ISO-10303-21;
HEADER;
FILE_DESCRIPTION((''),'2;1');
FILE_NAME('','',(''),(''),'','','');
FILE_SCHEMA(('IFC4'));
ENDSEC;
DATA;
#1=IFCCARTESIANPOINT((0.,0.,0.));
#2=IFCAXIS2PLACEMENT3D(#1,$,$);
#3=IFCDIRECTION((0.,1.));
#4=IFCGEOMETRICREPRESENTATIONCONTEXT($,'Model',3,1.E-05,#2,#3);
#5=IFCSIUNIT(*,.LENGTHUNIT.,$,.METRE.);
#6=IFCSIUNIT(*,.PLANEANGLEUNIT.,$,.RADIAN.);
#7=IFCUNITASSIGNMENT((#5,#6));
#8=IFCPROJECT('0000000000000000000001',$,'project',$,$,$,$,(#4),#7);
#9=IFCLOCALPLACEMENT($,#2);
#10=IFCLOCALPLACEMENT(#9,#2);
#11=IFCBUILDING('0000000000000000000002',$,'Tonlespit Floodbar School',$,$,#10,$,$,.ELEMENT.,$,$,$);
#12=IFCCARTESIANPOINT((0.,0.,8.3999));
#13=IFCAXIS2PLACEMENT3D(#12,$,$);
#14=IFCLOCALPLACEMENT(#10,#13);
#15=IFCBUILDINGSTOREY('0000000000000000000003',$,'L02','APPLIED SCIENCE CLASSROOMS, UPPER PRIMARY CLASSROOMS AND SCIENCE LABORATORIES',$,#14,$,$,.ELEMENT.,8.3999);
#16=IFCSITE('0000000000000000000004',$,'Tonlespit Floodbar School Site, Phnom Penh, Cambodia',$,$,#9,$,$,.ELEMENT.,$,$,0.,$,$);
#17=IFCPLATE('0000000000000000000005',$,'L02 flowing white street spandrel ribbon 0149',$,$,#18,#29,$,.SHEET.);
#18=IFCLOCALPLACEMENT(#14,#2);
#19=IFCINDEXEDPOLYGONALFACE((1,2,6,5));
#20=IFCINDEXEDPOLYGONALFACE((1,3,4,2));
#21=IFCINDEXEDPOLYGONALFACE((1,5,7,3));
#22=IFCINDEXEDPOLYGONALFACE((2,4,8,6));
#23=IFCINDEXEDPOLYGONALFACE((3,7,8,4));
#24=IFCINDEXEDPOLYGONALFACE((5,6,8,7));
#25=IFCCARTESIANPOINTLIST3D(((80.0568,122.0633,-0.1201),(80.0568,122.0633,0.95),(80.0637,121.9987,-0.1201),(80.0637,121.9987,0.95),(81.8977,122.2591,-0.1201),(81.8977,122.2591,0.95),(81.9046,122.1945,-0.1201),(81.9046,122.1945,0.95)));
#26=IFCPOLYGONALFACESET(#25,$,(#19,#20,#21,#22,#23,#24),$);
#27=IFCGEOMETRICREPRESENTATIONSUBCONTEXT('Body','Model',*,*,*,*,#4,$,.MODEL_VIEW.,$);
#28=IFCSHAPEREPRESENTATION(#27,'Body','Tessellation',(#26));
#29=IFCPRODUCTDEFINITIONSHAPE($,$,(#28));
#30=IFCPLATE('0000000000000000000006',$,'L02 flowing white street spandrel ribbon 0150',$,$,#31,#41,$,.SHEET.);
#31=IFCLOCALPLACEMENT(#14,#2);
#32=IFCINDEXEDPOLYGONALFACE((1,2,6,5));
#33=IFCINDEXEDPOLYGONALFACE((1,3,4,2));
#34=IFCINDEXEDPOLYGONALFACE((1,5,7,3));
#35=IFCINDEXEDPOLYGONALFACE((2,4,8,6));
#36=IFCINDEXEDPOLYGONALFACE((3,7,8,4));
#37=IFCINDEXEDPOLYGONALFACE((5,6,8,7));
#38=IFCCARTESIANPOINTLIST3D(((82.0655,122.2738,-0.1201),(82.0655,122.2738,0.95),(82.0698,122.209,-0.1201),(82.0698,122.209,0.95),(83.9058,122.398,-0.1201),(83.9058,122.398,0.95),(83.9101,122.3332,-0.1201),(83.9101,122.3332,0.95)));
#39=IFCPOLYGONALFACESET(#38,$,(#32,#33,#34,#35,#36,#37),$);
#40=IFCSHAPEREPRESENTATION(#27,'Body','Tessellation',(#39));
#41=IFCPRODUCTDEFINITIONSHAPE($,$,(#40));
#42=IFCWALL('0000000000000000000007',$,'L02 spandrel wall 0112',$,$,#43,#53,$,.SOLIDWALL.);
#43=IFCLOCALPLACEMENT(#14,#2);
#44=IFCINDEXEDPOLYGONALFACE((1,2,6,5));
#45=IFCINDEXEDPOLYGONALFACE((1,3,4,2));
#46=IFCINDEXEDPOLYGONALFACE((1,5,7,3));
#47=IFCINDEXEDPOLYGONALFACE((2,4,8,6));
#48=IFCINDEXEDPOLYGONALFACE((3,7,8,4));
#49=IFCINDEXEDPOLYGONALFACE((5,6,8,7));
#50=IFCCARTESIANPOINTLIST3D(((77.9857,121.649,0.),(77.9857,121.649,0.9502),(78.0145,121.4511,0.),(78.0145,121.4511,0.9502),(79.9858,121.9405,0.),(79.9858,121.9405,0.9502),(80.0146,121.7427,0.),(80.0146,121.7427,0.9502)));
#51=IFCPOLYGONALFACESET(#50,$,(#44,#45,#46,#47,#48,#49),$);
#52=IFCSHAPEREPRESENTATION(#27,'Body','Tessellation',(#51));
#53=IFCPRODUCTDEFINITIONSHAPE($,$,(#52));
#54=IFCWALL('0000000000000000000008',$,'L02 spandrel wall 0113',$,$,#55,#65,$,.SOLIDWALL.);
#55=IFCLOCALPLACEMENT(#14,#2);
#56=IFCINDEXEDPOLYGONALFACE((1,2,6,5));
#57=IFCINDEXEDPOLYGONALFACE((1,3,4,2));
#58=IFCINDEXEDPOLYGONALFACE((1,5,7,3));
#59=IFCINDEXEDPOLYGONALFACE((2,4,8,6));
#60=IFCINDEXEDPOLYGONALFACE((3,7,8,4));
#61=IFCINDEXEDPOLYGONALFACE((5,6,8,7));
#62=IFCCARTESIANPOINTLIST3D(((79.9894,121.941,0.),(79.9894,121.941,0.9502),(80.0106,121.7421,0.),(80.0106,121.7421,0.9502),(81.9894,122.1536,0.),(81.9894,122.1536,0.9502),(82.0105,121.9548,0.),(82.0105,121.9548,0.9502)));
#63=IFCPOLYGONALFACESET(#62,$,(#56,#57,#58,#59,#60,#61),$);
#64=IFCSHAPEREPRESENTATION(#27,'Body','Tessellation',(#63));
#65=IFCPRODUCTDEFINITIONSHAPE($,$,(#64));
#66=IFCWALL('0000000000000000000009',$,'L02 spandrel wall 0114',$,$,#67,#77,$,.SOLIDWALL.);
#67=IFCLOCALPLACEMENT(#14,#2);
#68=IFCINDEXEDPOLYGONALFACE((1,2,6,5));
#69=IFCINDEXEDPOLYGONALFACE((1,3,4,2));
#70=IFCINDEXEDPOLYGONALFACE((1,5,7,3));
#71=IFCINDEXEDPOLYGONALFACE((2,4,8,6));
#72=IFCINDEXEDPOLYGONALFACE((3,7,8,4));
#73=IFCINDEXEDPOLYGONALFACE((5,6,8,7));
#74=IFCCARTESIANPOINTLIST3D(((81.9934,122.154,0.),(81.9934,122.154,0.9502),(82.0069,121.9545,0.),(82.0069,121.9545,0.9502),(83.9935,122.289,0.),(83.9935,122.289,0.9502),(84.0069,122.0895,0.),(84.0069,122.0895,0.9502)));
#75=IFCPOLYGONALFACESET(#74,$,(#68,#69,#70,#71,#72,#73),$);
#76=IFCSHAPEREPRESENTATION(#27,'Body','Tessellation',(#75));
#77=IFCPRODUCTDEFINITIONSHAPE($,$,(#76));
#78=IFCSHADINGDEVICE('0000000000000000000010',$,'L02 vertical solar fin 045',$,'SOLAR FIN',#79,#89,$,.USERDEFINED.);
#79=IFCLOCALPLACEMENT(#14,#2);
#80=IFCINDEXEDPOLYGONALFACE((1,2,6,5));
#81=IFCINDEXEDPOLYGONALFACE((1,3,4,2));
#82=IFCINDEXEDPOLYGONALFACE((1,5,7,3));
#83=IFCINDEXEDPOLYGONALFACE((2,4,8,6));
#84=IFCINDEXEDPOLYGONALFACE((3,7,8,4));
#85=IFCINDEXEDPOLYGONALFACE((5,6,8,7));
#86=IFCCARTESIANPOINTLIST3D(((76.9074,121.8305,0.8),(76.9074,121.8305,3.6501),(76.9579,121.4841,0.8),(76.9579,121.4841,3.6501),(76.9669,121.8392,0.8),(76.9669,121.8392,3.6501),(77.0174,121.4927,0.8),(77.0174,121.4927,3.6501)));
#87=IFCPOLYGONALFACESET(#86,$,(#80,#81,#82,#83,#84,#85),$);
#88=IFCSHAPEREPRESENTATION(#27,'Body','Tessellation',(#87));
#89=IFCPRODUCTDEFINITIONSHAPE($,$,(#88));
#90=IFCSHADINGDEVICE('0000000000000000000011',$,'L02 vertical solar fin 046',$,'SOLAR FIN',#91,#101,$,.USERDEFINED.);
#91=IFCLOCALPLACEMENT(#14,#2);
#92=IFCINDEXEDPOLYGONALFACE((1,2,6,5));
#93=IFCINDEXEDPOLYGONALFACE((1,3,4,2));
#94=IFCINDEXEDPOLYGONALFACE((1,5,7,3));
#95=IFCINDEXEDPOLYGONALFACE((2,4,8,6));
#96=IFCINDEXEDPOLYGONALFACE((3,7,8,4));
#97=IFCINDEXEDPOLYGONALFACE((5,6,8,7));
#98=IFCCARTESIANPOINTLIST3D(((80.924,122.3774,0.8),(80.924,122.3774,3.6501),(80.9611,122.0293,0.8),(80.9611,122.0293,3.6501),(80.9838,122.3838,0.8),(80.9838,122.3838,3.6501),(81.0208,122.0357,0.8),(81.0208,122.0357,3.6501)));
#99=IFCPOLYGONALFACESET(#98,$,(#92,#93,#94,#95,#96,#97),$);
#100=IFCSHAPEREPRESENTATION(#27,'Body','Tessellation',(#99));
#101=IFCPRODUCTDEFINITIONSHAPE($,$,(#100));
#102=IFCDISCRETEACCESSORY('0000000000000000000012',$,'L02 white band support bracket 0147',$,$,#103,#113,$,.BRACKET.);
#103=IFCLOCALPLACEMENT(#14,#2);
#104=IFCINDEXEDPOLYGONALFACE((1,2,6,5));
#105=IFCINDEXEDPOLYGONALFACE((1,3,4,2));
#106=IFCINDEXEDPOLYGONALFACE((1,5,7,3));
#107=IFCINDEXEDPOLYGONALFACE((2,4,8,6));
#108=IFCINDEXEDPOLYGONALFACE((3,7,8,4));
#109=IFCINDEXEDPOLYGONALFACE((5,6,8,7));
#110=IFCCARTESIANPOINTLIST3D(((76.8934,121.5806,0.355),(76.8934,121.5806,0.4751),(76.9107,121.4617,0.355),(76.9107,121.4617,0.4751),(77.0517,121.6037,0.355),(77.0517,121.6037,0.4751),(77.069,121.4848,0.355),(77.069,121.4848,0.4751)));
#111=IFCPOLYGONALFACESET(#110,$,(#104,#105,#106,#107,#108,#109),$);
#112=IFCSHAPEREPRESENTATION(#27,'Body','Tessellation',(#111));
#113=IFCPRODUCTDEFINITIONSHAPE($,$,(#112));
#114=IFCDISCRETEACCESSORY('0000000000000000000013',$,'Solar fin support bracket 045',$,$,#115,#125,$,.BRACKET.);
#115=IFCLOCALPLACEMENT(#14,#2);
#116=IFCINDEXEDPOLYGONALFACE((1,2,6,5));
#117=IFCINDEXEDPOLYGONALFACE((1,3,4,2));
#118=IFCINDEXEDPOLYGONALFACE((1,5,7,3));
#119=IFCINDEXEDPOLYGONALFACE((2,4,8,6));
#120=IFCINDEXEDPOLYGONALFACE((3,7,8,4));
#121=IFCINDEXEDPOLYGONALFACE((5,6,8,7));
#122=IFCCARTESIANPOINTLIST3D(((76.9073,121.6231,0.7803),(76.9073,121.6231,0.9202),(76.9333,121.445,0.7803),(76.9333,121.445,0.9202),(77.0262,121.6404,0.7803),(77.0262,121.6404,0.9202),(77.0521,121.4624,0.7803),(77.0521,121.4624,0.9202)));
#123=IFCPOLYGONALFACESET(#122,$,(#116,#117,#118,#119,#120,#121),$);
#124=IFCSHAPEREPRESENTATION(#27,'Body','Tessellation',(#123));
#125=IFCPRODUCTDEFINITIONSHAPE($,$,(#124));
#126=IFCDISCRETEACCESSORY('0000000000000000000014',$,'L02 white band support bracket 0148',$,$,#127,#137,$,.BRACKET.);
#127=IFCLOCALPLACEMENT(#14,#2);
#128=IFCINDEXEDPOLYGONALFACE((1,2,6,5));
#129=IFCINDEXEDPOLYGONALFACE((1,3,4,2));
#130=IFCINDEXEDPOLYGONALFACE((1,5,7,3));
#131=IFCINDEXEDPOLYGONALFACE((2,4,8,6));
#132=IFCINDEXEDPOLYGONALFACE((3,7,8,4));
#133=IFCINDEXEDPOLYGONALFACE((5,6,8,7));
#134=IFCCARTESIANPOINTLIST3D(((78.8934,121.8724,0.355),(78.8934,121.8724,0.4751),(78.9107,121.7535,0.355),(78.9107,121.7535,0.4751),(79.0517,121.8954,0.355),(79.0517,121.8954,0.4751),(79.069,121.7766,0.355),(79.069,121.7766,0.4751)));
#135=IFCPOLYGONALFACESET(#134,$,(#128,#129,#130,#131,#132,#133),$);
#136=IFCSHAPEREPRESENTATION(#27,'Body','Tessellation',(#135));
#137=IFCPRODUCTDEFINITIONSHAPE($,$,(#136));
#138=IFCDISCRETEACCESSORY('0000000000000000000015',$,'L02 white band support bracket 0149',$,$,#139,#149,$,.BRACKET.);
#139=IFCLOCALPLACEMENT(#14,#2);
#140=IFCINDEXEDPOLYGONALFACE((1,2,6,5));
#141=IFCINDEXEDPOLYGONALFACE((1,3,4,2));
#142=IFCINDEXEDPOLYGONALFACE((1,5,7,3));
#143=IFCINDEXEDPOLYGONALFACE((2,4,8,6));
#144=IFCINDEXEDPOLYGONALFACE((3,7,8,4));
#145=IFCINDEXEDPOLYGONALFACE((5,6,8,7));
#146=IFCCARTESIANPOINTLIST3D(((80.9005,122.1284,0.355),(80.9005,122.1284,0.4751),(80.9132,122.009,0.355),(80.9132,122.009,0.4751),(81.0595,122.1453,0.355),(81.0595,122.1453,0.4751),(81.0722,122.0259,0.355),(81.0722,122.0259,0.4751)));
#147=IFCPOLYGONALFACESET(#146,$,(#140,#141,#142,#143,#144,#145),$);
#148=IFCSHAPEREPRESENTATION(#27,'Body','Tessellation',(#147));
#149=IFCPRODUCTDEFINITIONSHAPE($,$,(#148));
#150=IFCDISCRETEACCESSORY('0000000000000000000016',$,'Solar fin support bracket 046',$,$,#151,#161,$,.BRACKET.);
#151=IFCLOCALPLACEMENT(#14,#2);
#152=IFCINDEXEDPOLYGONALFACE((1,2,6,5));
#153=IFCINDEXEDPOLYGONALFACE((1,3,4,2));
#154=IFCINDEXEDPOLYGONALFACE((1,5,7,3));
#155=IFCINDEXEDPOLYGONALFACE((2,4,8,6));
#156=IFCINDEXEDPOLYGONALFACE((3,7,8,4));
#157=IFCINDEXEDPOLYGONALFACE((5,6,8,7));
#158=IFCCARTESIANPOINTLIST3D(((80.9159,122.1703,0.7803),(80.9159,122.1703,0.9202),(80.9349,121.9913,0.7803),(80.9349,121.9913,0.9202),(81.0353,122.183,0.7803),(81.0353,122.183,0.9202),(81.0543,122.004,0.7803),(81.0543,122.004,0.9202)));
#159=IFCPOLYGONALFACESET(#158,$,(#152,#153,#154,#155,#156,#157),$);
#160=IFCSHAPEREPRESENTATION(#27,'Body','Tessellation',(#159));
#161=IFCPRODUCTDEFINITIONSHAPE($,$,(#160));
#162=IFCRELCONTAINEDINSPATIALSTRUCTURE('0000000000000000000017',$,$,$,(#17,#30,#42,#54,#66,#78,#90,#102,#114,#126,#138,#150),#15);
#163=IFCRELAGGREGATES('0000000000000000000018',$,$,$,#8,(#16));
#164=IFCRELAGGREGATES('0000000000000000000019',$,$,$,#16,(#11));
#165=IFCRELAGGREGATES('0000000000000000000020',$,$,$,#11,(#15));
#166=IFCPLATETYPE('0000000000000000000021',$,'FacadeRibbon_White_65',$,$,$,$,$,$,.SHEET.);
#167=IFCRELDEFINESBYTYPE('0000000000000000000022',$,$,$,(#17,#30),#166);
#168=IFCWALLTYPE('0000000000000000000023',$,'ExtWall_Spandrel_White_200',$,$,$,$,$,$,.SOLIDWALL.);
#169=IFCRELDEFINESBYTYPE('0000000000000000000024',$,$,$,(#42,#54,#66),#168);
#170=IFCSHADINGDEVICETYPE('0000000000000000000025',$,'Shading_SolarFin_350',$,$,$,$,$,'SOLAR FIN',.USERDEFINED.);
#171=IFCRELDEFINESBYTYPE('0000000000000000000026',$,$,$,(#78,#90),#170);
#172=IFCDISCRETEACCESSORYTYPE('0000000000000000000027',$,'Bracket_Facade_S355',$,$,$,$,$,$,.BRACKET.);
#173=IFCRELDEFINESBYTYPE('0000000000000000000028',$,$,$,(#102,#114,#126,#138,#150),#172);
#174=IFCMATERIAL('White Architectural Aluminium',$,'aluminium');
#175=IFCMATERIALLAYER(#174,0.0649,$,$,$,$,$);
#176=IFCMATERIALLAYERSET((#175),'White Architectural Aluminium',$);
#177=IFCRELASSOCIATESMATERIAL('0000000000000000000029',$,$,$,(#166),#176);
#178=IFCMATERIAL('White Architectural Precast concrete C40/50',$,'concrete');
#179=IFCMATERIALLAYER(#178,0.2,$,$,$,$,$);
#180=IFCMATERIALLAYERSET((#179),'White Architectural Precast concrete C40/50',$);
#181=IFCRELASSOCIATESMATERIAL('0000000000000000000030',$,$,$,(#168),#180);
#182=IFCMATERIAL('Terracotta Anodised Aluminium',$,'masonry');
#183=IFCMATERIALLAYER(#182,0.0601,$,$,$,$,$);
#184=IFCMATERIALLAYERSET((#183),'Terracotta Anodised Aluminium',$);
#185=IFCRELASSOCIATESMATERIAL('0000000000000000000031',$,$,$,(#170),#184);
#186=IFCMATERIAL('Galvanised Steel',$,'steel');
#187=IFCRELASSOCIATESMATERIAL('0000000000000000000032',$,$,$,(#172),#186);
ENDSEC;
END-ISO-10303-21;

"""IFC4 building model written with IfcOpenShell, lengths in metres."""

from ifc_helpers import new_model, si_unit, direction, frame, frame_2d, origin, origin_2d, place, context, subcontext, project, spatial, rectangle, extrude, material, layer, layer_set, type_object, element, save


model = new_model("IFC4")

# Units and contexts
model_context = context("Model", 3, precision=1e-05, world=origin(), true_north=direction((0.0, 1.0)))
body_context = subcontext(model_context, "Body", "Model", "MODEL_VIEW")
ifc_project = project(units=[si_unit("LENGTHUNIT", "METRE"), si_unit("PLANEANGLEUNIT", "RADIAN")], contexts=[model_context])

# Site, building, storey
site_placement = place(None, origin())
site = spatial("IfcSite", under=ifc_project, at=site_placement, Name="Tonlespit Floodbar School Site, Phnom Penh, Cambodia", CompositionType="ELEMENT", RefElevation=0.0)
building_placement = place(site_placement, origin())
building = spatial("IfcBuilding", under=site, at=building_placement, Name="Tonlespit Floodbar School", CompositionType="ELEMENT")
storey_placement = place(building_placement, frame((0.0, 0.0, 8.3999)))
storey = spatial("IfcBuildingStorey", under=building, at=storey_placement, Name="L02", Description="APPLIED SCIENCE CLASSROOMS, UPPER PRIMARY CLASSROOMS AND SCIENCE LABORATORIES", CompositionType="ELEMENT", Elevation=8.3999)

# Plates
ifc_material_1 = material(Name="White Architectural Aluminium", Category="aluminium")
ifc_layer_1 = layer(ifc_material_1, 0.0649)
ifc_layer_set_1 = layer_set([ifc_layer_1], Name="White Architectural Aluminium")
plate_type_1 = type_object("IfcPlateType", Name="FacadeRibbon_White_65", PredefinedType="SHEET", material=ifc_layer_set_1)
plate_1_placement = place(storey_placement, frame((80.9807, 122.1289, -0.1201), z_axis=(0.0, 0.0, 1.0), x_axis=(0.994392, 0.105754, 0.0)))
element("IfcPlate", 1, at=plate_1_placement, inside=storey, type_object=plate_type_1, Name="L02 flowing white street spandrel ribbon 0149", PredefinedType="SHEET", context=body_context, shape_type="SweptSolid", body=[
    extrude(rectangle(XDim=1.8513, YDim=0.0649, at=origin_2d()), origin(), (0.0, 0.0, 1.0), 1.0701),
])
plate_2_placement = place(storey_placement, frame((82.9878, 122.3035, -0.1201), z_axis=(0.0, 0.0, 1.0), x_axis=(0.99773, 0.067347, 0.0)))
element("IfcPlate", 2, at=plate_2_placement, inside=storey, type_object=plate_type_1, Name="L02 flowing white street spandrel ribbon 0150", PredefinedType="SHEET", context=body_context, shape_type="SweptSolid", body=[
    extrude(rectangle(XDim=1.8445, YDim=0.0649, at=origin_2d()), origin(), (0.0, 0.0, 1.0), 1.0701),
])

# Walls
ifc_material_2 = material(Name="White Architectural Precast concrete C40/50", Category="concrete")
ifc_layer_2 = layer(ifc_material_2, 0.2)
ifc_layer_set_2 = layer_set([ifc_layer_2], Name="White Architectural Precast concrete C40/50")
wall_type = type_object("IfcWallType", Name="ExtWall_Spandrel_White_200", PredefinedType="SOLIDWALL", material=ifc_layer_set_2)
wall_1_placement = place(storey_placement, frame((78.0, 121.55, 0.0), z_axis=(0.0, 0.0, 1.0), x_axis=(0.989544, 0.144228, 0.0)))
element("IfcWall", 3, at=wall_1_placement, inside=storey, type_object=wall_type, Name="L02 spandrel wall 0112", PredefinedType="SOLIDWALL", context=body_context, shape_type="SweptSolid", body=[
    extrude(rectangle(XDim=2.0212, YDim=0.2, at=frame_2d((1.0107, 0.0))), origin(), (0.0, 0.0, 1.0), 0.9502),
])
wall_2_placement = place(storey_placement, frame((80.0, 121.8416, 0.0), z_axis=(0.0, 0.0, 1.0), x_axis=(0.994395, 0.105727, 0.0)))
element("IfcWall", 4, at=wall_2_placement, inside=storey, type_object=wall_type, Name="L02 spandrel wall 0113", PredefinedType="SOLIDWALL", context=body_context, shape_type="SweptSolid", body=[
    extrude(rectangle(XDim=2.0112, YDim=0.2, at=frame_2d((1.0056, 0.0))), origin(), (0.0, 0.0, 1.0), 0.9502),
])
wall_3_placement = place(storey_placement, frame((82.0, 122.0542, 0.0), z_axis=(0.0, 0.0, 1.0), x_axis=(0.997729, 0.067352, 0.0)))
element("IfcWall", 5, at=wall_3_placement, inside=storey, type_object=wall_type, Name="L02 spandrel wall 0114", PredefinedType="SOLIDWALL", context=body_context, shape_type="SweptSolid", body=[
    extrude(rectangle(XDim=2.0046, YDim=0.2, at=frame_2d((1.0024, 0.0))), origin(), (0.0, 0.0, 1.0), 0.9502),
])

# Shading devices
ifc_material_3 = material(Name="Terracotta Anodised Aluminium", Category="masonry")
ifc_layer_3 = layer(ifc_material_3, 0.0601)
ifc_layer_set_3 = layer_set([ifc_layer_3], Name="Terracotta Anodised Aluminium")
shading_device_type = type_object("IfcShadingDeviceType", Name="Shading_SolarFin_350", ElementType="SOLAR FIN", PredefinedType="USERDEFINED", material=ifc_layer_set_3)
for number, where, z_axis, x_axis, name in (
    (6, (76.9624, 121.6616, 0.8), (0.0, 0.0, 1.0), (0.989538, 0.144275, 0.0), "L02 vertical solar fin 045"),
    (7, (80.9724, 122.2065, 0.8), (0.0, 0.0, 1.0), (0.994392, 0.105754, 0.0), "L02 vertical solar fin 046"),
):
    element("IfcShadingDevice", number, at=place(storey_placement, frame(where, z_axis=z_axis, x_axis=x_axis)), inside=storey, type_object=shading_device_type, Name=name, ObjectType="SOLAR FIN", PredefinedType="USERDEFINED", context=body_context, shape_type="SweptSolid", body=[
        extrude(rectangle(XDim=0.0601, YDim=0.3501, at=origin_2d()), origin(), (0.0, 0.0, 1.0), 2.8501),
    ])

# Discrete accessories
ifc_material_4 = material(Name="Galvanised Steel", Category="steel")
discrete_accessory_type = type_object("IfcDiscreteAccessoryType", Name="Bracket_Facade_S355", PredefinedType="BRACKET", material=ifc_material_4)
discrete_accessory_1_placement = place(storey_placement, frame((76.9812, 121.5327, 0.355), z_axis=(0.0, 0.0, 1.0), x_axis=(0.989538, 0.144275, 0.0)))
element("IfcDiscreteAccessory", 8, at=discrete_accessory_1_placement, inside=storey, type_object=discrete_accessory_type, Name="L02 white band support bracket 0147", PredefinedType="BRACKET", context=body_context, shape_type="SweptSolid", body=[
    extrude(rectangle(XDim=0.1599, YDim=0.1201, at=origin_2d()), origin(), (0.0, 0.0, 1.0), 0.1201),
])
discrete_accessory_2_placement = place(storey_placement, frame((76.9797, 121.5427, 0.7803), z_axis=(0.0, 0.0, 1.0), x_axis=(0.989538, 0.144275, 0.0)))
element("IfcDiscreteAccessory", 9, at=discrete_accessory_2_placement, inside=storey, type_object=discrete_accessory_type, Name="Solar fin support bracket 045", PredefinedType="BRACKET", context=body_context, shape_type="SweptSolid", body=[
    extrude(rectangle(XDim=0.1201, YDim=0.1799, at=origin_2d()), origin(), (0.0, 0.0, 1.0), 0.1399),
])
for number, where, z_axis, x_axis, name in (
    (10, (78.9812, 121.8245, 0.355), (0.0, 0.0, 1.0), (0.989538, 0.144275, 0.0), "L02 white band support bracket 0148"),
    (11, (80.9863, 122.0771, 0.355), (0.0, 0.0, 1.0), (0.994392, 0.105754, 0.0), "L02 white band support bracket 0149"),
):
    element("IfcDiscreteAccessory", number, at=place(storey_placement, frame(where, z_axis=z_axis, x_axis=x_axis)), inside=storey, type_object=discrete_accessory_type, Name=name, PredefinedType="BRACKET", context=body_context, shape_type="SweptSolid", body=[
        extrude(rectangle(XDim=0.1599, YDim=0.1201, at=origin_2d()), origin(), (0.0, 0.0, 1.0), 0.1201),
    ])
discrete_accessory_3_placement = place(storey_placement, frame((80.9851, 122.0872, 0.7803), z_axis=(0.0, 0.0, 1.0), x_axis=(0.994392, 0.105754, 0.0)))
element("IfcDiscreteAccessory", 12, at=discrete_accessory_3_placement, inside=storey, type_object=discrete_accessory_type, Name="Solar fin support bracket 046", PredefinedType="BRACKET", context=body_context, shape_type="SweptSolid", body=[
    extrude(rectangle(XDim=0.1201, YDim=0.1799, at=origin_2d()), origin(), (0.0, 0.0, 1.0), 0.1399),
])

save(model, "model.ifc")
